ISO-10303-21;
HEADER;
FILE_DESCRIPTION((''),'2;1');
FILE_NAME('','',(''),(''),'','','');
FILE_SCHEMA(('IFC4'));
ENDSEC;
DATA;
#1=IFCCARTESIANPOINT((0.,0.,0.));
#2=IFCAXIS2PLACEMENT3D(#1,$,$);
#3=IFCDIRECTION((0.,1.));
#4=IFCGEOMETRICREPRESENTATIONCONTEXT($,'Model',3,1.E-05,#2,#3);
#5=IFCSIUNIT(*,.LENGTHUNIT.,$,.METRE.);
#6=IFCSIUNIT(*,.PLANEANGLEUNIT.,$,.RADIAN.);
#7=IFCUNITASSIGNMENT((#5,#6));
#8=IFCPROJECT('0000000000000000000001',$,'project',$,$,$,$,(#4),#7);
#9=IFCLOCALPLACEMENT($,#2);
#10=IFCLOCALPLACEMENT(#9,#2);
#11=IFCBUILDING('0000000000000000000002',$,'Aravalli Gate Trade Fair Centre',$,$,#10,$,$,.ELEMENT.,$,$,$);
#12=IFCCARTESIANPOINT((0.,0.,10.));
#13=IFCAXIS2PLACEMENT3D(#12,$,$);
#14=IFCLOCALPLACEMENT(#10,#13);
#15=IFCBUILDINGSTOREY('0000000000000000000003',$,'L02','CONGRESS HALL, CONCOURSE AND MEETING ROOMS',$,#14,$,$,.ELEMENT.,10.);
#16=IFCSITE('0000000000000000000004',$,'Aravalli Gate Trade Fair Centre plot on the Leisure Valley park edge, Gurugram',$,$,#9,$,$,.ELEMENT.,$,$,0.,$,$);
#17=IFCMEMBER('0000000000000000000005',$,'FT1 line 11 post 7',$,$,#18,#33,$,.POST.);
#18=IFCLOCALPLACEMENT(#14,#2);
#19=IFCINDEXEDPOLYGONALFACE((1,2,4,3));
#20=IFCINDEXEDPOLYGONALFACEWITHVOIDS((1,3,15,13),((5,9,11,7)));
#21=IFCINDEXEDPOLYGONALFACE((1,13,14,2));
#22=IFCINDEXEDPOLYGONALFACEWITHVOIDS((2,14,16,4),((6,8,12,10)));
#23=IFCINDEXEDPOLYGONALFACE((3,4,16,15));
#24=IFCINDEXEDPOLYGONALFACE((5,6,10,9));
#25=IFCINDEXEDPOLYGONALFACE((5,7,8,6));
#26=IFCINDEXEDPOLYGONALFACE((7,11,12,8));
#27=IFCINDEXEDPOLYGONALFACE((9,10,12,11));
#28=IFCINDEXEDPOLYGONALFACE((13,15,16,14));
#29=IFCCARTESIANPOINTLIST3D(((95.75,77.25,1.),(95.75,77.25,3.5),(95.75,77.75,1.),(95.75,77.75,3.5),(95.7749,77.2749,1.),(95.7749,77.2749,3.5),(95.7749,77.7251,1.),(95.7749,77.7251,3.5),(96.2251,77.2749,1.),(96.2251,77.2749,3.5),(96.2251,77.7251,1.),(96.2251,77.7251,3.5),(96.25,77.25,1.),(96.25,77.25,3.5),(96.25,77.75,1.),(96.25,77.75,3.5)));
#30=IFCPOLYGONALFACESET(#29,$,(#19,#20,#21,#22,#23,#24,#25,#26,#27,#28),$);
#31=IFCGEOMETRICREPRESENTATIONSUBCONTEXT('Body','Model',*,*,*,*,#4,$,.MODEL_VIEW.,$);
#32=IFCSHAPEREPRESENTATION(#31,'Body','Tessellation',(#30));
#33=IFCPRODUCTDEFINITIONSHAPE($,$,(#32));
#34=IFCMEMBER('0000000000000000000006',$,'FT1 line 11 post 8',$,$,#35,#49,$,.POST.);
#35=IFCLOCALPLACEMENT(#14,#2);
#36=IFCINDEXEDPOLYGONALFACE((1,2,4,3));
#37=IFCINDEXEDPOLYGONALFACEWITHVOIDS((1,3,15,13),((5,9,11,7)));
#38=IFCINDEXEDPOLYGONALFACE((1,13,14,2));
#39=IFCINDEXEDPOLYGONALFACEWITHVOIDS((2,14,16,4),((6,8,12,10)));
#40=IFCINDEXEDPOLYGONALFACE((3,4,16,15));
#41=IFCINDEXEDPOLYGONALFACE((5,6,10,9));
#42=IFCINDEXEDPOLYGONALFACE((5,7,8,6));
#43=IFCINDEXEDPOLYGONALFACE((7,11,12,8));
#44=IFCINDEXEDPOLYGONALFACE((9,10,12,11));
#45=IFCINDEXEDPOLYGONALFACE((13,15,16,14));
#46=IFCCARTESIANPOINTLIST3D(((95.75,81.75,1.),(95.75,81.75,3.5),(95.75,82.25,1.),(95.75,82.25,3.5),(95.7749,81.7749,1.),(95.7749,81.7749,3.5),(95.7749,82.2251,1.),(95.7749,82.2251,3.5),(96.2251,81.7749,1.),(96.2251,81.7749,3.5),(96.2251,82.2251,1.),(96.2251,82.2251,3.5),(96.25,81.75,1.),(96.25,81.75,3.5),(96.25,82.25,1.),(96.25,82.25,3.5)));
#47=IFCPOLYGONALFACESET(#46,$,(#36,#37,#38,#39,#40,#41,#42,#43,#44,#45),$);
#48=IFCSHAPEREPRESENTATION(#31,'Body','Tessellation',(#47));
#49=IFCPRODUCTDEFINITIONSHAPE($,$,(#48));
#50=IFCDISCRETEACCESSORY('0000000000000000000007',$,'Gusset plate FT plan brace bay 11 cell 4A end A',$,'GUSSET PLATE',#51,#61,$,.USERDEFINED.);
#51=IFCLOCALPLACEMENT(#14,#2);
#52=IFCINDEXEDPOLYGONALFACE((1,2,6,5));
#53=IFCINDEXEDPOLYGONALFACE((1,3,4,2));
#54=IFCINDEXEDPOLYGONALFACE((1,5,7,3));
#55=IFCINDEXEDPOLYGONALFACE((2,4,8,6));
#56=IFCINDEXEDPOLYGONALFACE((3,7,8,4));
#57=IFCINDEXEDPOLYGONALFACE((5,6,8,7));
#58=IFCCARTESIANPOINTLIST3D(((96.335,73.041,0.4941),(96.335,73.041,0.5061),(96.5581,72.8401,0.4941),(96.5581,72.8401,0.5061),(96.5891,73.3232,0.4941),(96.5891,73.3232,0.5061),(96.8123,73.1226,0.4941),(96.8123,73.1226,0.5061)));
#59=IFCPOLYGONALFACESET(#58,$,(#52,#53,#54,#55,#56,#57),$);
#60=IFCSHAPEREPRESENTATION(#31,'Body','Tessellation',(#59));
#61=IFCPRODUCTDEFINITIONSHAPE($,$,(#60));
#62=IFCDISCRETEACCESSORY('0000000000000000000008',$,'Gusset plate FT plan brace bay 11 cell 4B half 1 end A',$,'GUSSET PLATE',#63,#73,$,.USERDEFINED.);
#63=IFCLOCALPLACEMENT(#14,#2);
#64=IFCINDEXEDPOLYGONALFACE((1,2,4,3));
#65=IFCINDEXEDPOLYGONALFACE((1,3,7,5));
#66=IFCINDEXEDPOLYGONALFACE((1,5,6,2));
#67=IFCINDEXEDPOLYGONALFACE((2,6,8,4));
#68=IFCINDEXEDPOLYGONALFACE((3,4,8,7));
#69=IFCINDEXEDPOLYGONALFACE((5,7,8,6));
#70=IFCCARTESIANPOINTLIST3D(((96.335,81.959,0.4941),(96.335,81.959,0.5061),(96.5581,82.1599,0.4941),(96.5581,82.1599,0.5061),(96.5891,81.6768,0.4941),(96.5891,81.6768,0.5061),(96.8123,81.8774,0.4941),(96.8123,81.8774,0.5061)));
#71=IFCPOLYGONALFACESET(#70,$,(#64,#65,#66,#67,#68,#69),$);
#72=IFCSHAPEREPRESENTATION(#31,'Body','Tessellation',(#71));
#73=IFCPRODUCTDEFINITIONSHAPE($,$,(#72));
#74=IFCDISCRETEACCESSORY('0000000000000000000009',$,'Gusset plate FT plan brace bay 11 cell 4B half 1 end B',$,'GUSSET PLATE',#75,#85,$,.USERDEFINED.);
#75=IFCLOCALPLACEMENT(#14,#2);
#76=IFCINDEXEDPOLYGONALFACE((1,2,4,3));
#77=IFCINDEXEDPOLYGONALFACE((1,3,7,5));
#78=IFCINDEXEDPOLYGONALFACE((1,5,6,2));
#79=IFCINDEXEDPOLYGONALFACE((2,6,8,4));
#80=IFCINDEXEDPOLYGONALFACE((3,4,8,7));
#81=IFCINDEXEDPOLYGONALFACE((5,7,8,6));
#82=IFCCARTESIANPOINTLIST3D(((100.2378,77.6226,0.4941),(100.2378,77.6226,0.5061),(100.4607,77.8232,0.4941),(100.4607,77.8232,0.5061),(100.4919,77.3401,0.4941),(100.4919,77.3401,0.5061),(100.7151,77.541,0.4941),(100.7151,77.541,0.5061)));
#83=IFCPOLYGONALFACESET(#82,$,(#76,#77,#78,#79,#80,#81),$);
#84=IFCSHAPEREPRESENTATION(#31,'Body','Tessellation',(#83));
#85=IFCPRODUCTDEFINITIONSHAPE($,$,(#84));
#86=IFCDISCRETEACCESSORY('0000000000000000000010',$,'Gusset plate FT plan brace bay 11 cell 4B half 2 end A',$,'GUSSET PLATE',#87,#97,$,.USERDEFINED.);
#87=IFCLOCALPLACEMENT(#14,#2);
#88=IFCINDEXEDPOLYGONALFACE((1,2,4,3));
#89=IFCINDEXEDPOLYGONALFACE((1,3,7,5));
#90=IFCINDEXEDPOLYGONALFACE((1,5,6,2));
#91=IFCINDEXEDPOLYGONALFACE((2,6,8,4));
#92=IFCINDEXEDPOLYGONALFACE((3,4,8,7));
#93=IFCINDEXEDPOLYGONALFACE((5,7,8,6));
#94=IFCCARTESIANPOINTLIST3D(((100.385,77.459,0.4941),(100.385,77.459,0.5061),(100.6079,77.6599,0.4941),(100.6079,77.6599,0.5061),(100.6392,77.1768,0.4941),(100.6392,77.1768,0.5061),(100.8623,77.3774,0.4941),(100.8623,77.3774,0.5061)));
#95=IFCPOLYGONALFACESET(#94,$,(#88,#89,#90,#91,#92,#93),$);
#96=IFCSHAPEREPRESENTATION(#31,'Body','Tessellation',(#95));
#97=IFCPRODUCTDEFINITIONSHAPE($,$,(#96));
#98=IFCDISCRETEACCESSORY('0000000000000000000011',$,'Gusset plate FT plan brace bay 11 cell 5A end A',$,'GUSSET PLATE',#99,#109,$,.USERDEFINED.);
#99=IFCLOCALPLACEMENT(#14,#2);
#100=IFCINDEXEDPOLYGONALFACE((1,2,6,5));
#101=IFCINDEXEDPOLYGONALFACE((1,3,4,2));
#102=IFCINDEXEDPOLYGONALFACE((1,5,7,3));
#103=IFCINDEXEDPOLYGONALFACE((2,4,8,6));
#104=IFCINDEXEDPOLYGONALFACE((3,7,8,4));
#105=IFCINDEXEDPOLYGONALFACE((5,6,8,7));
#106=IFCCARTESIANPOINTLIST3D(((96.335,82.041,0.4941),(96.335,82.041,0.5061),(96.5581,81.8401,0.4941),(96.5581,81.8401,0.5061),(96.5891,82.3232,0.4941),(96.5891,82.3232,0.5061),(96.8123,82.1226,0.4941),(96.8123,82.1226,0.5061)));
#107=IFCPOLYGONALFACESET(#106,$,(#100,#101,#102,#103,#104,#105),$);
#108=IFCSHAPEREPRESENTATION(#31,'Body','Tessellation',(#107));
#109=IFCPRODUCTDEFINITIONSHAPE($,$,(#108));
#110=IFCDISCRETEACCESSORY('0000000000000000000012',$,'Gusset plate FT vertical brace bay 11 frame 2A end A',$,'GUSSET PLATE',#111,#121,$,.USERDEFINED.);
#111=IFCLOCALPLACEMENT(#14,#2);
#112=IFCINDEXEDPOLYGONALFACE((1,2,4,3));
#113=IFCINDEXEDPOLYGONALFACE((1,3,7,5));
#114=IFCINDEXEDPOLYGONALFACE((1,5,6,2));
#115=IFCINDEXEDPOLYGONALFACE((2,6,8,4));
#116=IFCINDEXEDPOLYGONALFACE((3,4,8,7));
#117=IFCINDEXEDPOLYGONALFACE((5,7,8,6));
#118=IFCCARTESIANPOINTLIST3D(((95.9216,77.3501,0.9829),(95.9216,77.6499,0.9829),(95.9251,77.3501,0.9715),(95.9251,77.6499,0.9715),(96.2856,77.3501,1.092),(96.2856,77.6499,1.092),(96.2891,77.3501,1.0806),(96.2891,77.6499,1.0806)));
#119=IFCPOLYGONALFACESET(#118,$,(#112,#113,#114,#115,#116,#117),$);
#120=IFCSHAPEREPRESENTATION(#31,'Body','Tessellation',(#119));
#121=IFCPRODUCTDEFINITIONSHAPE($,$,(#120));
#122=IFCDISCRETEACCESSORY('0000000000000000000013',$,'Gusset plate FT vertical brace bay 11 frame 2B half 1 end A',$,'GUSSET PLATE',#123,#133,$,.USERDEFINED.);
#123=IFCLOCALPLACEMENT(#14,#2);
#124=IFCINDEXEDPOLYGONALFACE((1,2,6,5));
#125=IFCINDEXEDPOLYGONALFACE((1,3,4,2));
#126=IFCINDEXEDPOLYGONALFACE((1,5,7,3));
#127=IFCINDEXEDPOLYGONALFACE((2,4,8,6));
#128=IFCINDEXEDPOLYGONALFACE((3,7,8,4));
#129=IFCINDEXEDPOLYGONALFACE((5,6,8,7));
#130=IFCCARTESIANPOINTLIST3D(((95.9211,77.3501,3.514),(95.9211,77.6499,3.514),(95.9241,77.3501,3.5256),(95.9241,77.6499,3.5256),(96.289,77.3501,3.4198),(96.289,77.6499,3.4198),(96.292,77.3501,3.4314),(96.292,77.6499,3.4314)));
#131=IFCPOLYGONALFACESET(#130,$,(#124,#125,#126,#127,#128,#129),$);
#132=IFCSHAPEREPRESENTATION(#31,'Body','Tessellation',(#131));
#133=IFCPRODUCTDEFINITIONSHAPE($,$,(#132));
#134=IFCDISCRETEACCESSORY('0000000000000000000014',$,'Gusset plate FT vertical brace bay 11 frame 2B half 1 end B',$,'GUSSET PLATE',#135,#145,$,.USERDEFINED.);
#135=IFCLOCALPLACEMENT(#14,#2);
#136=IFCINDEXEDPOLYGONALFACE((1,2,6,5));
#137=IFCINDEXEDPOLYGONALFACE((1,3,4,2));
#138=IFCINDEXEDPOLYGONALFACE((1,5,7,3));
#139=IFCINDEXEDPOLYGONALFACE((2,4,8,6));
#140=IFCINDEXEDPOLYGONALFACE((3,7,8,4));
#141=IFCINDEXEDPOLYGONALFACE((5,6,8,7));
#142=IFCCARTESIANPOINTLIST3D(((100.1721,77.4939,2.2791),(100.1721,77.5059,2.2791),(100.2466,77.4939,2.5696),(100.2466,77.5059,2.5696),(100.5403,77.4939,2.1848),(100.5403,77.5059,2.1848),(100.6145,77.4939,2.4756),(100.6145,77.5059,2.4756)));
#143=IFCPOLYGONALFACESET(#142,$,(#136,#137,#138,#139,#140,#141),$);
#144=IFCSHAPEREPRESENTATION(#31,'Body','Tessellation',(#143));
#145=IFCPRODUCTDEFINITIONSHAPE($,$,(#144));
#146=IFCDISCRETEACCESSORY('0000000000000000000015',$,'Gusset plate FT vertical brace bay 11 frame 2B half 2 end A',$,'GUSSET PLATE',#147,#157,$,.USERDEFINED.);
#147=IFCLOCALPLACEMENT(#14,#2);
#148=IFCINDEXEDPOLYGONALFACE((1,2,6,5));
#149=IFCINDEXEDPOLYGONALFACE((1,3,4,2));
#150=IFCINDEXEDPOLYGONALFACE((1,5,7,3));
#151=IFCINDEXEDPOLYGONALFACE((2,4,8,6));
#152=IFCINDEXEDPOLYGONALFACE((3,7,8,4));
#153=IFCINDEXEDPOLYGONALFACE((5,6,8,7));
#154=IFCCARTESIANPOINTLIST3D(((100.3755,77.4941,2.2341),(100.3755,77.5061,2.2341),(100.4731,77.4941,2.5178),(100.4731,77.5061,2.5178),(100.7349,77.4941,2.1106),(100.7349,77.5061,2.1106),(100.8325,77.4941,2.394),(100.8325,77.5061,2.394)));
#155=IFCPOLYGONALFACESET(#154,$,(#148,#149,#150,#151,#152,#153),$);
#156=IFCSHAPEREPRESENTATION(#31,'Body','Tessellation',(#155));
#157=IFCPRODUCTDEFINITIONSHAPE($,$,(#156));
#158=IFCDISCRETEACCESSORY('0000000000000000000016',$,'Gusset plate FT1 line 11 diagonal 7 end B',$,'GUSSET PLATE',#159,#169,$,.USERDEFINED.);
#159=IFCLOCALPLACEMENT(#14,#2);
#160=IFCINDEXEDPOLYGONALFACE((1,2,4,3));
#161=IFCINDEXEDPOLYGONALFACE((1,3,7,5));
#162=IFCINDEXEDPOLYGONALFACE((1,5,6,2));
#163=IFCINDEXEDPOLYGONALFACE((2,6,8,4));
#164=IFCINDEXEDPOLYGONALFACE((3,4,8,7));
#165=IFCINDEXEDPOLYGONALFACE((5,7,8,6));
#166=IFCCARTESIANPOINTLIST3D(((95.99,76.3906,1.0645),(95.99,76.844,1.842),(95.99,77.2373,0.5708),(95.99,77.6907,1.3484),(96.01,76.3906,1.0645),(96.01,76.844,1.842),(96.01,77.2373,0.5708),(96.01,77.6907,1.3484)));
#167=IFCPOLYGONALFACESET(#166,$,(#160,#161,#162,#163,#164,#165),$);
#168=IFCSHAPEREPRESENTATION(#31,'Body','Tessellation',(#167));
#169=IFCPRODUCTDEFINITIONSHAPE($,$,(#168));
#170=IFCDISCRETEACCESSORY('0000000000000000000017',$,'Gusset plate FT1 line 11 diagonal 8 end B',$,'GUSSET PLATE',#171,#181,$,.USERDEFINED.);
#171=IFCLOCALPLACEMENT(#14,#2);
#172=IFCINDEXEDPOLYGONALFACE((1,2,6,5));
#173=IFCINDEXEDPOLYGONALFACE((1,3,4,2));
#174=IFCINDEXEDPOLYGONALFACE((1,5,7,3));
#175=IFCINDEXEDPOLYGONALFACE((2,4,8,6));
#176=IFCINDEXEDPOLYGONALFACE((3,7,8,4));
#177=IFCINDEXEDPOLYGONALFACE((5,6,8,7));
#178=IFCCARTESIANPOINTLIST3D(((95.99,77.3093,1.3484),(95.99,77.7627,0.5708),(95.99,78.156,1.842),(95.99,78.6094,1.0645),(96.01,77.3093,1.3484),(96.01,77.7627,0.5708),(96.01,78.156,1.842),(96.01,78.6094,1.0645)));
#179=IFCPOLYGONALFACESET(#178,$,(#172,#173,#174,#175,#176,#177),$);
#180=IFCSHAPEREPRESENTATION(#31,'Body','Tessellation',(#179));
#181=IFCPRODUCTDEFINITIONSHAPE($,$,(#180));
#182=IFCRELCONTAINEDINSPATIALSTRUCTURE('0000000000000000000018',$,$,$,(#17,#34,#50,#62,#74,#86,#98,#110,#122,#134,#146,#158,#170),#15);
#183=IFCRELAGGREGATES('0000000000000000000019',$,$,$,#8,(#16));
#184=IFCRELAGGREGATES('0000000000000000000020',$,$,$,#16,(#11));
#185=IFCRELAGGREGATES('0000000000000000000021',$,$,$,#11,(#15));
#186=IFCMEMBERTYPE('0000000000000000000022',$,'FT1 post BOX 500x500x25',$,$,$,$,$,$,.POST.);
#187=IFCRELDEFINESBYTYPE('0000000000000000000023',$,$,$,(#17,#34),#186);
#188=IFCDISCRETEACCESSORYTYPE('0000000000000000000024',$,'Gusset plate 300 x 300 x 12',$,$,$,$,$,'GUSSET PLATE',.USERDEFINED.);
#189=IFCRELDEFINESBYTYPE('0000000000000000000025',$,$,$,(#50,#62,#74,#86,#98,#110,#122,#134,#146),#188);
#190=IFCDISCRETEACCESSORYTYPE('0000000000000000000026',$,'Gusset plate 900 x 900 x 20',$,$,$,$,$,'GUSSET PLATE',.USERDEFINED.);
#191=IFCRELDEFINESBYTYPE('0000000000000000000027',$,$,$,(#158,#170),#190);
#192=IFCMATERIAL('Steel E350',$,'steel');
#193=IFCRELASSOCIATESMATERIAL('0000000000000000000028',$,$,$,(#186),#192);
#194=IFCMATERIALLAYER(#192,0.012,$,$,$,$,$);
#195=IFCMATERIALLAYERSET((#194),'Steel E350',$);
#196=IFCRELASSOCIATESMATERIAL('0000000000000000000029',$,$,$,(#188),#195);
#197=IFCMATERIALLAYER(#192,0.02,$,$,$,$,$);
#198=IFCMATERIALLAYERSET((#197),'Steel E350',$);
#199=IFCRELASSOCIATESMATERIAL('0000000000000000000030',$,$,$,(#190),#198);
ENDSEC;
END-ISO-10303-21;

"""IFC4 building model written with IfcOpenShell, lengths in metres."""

from ifc_helpers import new_model, si_unit, direction, frame, origin, origin_2d, place, context, subcontext, project, spatial, polyline, hollow_rectangle, outline, extrude, material, layer, layer_set, material_profile, profile_set, type_object, element, save


model = new_model("IFC4")

# Units and contexts
model_context = context("Model", 3, precision=1e-05, world=origin(), true_north=direction((0.0, 1.0)))
body_context = subcontext(model_context, "Body", "Model", "MODEL_VIEW")
ifc_project = project(units=[si_unit("LENGTHUNIT", "METRE"), si_unit("PLANEANGLEUNIT", "RADIAN")], contexts=[model_context])

# Site, building, storey
site_placement = place(None, origin())
site = spatial("IfcSite", under=ifc_project, at=site_placement, Name="Aravalli Gate Trade Fair Centre plot on the Leisure Valley park edge, Gurugram", CompositionType="ELEMENT", RefElevation=0.0)
building_placement = place(site_placement, origin())
building = spatial("IfcBuilding", under=site, at=building_placement, Name="Aravalli Gate Trade Fair Centre", CompositionType="ELEMENT")
storey_placement = place(building_placement, frame((0.0, 0.0, 10.0)))
storey = spatial("IfcBuildingStorey", under=building, at=storey_placement, Name="L02", Description="CONGRESS HALL, CONCOURSE AND MEETING ROOMS", CompositionType="ELEMENT", Elevation=10.0)

# Members
ifc_material = material(Name="Steel E350", Category="steel")
ifc_material_profile_1 = material_profile(ifc_material, hollow_rectangle(XDim=0.5, YDim=0.5, WallThickness=0.0249, at=origin_2d()), Name="BOX 500x500x25")
ifc_profile_set_1 = profile_set([ifc_material_profile_1], Name="Steel E350")
member_type_1 = type_object("IfcMemberType", Name="FT1 post BOX 500x500x25", PredefinedType="POST", material=ifc_profile_set_1)
for number, where, z_axis, x_axis, name in (
    (1, (96.0, 77.5, 1.0), (0.0, 0.0, 1.0), (1.0, 0.0, 0.0), "FT1 line 11 post 7"),
    (2, (96.0, 82.0, 1.0), (0.0, 0.0, 1.0), (1.0, 0.0, 0.0), "FT1 line 11 post 8"),
):
    element("IfcMember", number, at=place(storey_placement, frame(where, z_axis=z_axis, x_axis=x_axis)), inside=storey, type_object=member_type_1, Name=name, PredefinedType="POST", context=body_context, shape_type="SweptSolid", body=[
        extrude(hollow_rectangle(XDim=0.5, YDim=0.5, WallThickness=0.0249, at=origin_2d()), origin(), (0.0, 0.0, 1.0), 2.5),
    ])

# Discrete accessories
ifc_layer_1 = layer(ifc_material, 0.012)
ifc_layer_set_1 = layer_set([ifc_layer_1], Name="Steel E350")
discrete_accessory_type_1 = type_object("IfcDiscreteAccessoryType", Name="Gusset plate 300 x 300 x 12", ElementType="GUSSET PLATE", PredefinedType="USERDEFINED", material=ifc_layer_set_1)
discrete_accessory_1_placement = place(storey_placement, frame((96.8123, 73.1226, 0.5061), z_axis=(0.0, 0.0, 1.0), x_axis=(-0.668858, -0.74339, 0.0)))
element("IfcDiscreteAccessory", 3, at=discrete_accessory_1_placement, inside=storey, type_object=discrete_accessory_type_1, Name="Gusset plate FT plan brace bay 11 cell 4A end A", ObjectType="GUSSET PLATE", PredefinedType="USERDEFINED", context=body_context, shape_type="SweptSolid", body=[
    extrude(outline(polyline([(0.0, 0.0), (0.38, 0.0), (0.3799, -0.3003), (0.0001, -0.3001), (0.0, 0.0)])), origin(), (0.0, 0.0, -1.0), 0.012),
])
discrete_accessory_2_placement = place(storey_placement, frame((96.5891, 81.6768, 0.5061), z_axis=(0.0, 0.0, 1.0), x_axis=(-0.669178, 0.743102, 0.0)))
element("IfcDiscreteAccessory", 4, at=discrete_accessory_2_placement, inside=storey, type_object=discrete_accessory_type_1, Name="Gusset plate FT plan brace bay 11 cell 4B half 1 end A", ObjectType="GUSSET PLATE", PredefinedType="USERDEFINED", context=body_context, shape_type="SweptSolid", body=[
    extrude(outline(polyline([(0.0, 0.0), (0.3798, 0.0), (0.3798, -0.3003), (-0.0002, -0.3001), (0.0, 0.0)])), origin(), (0.0, 0.0, -1.0), 0.012),
])
discrete_accessory_3_placement = place(storey_placement, frame((100.2378, 77.6226, 0.5061), z_axis=(0.0, 0.0, 1.0), x_axis=(0.668858, -0.74339, 0.0)))
element("IfcDiscreteAccessory", 5, at=discrete_accessory_3_placement, inside=storey, type_object=discrete_accessory_type_1, Name="Gusset plate FT plan brace bay 11 cell 4B half 1 end B", ObjectType="GUSSET PLATE", PredefinedType="USERDEFINED", context=body_context, shape_type="SweptSolid", body=[
    extrude(outline(polyline([(0.0, 0.0), (0.38, 0.0), (0.3799, 0.3003), (-0.0001, 0.2999), (0.0, 0.0)])), origin(), (0.0, 0.0, -1.0), 0.012),
])
discrete_accessory_4_placement = place(storey_placement, frame((100.6392, 77.1768, 0.5061), z_axis=(0.0, 0.0, 1.0), x_axis=(-0.669178, 0.743102, 0.0)))
element("IfcDiscreteAccessory", 6, at=discrete_accessory_4_placement, inside=storey, type_object=discrete_accessory_type_1, Name="Gusset plate FT plan brace bay 11 cell 4B half 2 end A", ObjectType="GUSSET PLATE", PredefinedType="USERDEFINED", context=body_context, shape_type="SweptSolid", body=[
    extrude(outline(polyline([(0.0, 0.0), (0.3798, 0.0), (0.3799, -0.3001), (-0.0002, -0.3001), (0.0, 0.0)])), origin(), (0.0, 0.0, -1.0), 0.012),
])
discrete_accessory_5_placement = place(storey_placement, frame((96.8123, 82.1226, 0.5061), z_axis=(0.0, 0.0, 1.0), x_axis=(-0.668858, -0.74339, 0.0)))
element("IfcDiscreteAccessory", 7, at=discrete_accessory_5_placement, inside=storey, type_object=discrete_accessory_type_1, Name="Gusset plate FT plan brace bay 11 cell 5A end A", ObjectType="GUSSET PLATE", PredefinedType="USERDEFINED", context=body_context, shape_type="SweptSolid", body=[
    extrude(outline(polyline([(0.0, 0.0), (0.38, 0.0), (0.3799, -0.3003), (0.0001, -0.3001), (0.0, 0.0)])), origin(), (0.0, 0.0, -1.0), 0.012),
])
discrete_accessory_6_placement = place(storey_placement, frame((96.2856, 77.3501, 1.092), z_axis=(-0.287171, 0.0, 0.957879), x_axis=(-0.957879, 0.0, -0.287171)))
element("IfcDiscreteAccessory", 8, at=discrete_accessory_6_placement, inside=storey, type_object=discrete_accessory_type_1, Name="Gusset plate FT vertical brace bay 11 frame 2A end A", ObjectType="GUSSET PLATE", PredefinedType="USERDEFINED", context=body_context, shape_type="SweptSolid", body=[
    extrude(outline(polyline([(0.0, 0.0), (0.38, 0.0), (0.38, -0.2998), (0.0, -0.2998), (0.0, 0.0)])), origin(), (0.0, 0.0, -1.0), 0.012),
])
discrete_accessory_7_placement = place(storey_placement, frame((96.292, 77.3501, 3.4314), z_axis=(0.248128, 0.0, 0.968727), x_axis=(-0.968727, 0.0, 0.248128)))
element("IfcDiscreteAccessory", 9, at=discrete_accessory_7_placement, inside=storey, type_object=discrete_accessory_type_1, Name="Gusset plate FT vertical brace bay 11 frame 2B half 1 end A", ObjectType="GUSSET PLATE", PredefinedType="USERDEFINED", context=body_context, shape_type="SweptSolid", body=[
    extrude(outline(polyline([(0.0, 0.0), (0.3798, 0.0), (0.3798, -0.2998), (0.0, -0.2998), (0.0, 0.0)])), origin(), (0.0, 0.0, -1.0), 0.012),
])
discrete_accessory_8_placement = place(storey_placement, frame((100.1721, 77.4939, 2.2791), z_axis=(0.0, -1.0, 0.0), x_axis=(0.968767, 0.0, -0.247973)))
element("IfcDiscreteAccessory", 10, at=discrete_accessory_8_placement, inside=storey, type_object=discrete_accessory_type_1, Name="Gusset plate FT vertical brace bay 11 frame 2B half 1 end B", ObjectType="GUSSET PLATE", PredefinedType="USERDEFINED", context=body_context, shape_type="SweptSolid", body=[
    extrude(outline(polyline([(0.0, 0.0), (0.38, 0.0), (0.3798, 0.3001), (0.0001, 0.2999), (0.0, 0.0)])), origin(), (0.0, 0.0, -1.0), 0.012),
])
discrete_accessory_9_placement = place(storey_placement, frame((100.7349, 77.5061, 2.1106), z_axis=(0.0, 1.0, 0.0), x_axis=(-0.945687, 0.0, 0.32508)))
element("IfcDiscreteAccessory", 11, at=discrete_accessory_9_placement, inside=storey, type_object=discrete_accessory_type_1, Name="Gusset plate FT vertical brace bay 11 frame 2B half 2 end A", ObjectType="GUSSET PLATE", PredefinedType="USERDEFINED", context=body_context, shape_type="SweptSolid", body=[
    extrude(outline(polyline([(0.0, 0.0), (0.38, 0.0), (0.3799, 0.3), (-0.0002, 0.2998), (0.0, 0.0)])), origin(), (0.0, 0.0, -1.0), 0.012),
])
ifc_layer_2 = layer(ifc_material, 0.02)
ifc_layer_set_2 = layer_set([ifc_layer_2], Name="Steel E350")
discrete_accessory_type_2 = type_object("IfcDiscreteAccessoryType", Name="Gusset plate 900 x 900 x 20", ElementType="GUSSET PLATE", PredefinedType="USERDEFINED", material=ifc_layer_set_2)
discrete_accessory_10_placement = place(storey_placement, frame((96.01, 76.3906, 1.0645), z_axis=(1.0, 0.0, 0.0), x_axis=(0.0, 0.863887, -0.503685)))
element("IfcDiscreteAccessory", 12, at=discrete_accessory_10_placement, inside=storey, type_object=discrete_accessory_type_2, Name="Gusset plate FT1 line 11 diagonal 7 end B", ObjectType="GUSSET PLATE", PredefinedType="USERDEFINED", context=body_context, shape_type="SweptSolid", body=[
    extrude(outline(polyline([(0.0, 0.0), (0.9801, 0.0), (0.9801, 0.9001), (0.0, 0.9001), (0.0, 0.0)])), origin(), (0.0, 0.0, -1.0), 0.02),
])
discrete_accessory_11_placement = place(storey_placement, frame((96.01, 78.156, 1.842), z_axis=(1.0, 0.0, 0.0), x_axis=(0.0, -0.863887, -0.503685)))
element("IfcDiscreteAccessory", 13, at=discrete_accessory_11_placement, inside=storey, type_object=discrete_accessory_type_2, Name="Gusset plate FT1 line 11 diagonal 8 end B", ObjectType="GUSSET PLATE", PredefinedType="USERDEFINED", context=body_context, shape_type="SweptSolid", body=[
    extrude(outline(polyline([(0.0, 0.0), (0.9801, 0.0), (0.9801, 0.9001), (0.0, 0.9001), (0.0, 0.0)])), origin(), (0.0, 0.0, -1.0), 0.02),
])

save(model, "model.ifc")
